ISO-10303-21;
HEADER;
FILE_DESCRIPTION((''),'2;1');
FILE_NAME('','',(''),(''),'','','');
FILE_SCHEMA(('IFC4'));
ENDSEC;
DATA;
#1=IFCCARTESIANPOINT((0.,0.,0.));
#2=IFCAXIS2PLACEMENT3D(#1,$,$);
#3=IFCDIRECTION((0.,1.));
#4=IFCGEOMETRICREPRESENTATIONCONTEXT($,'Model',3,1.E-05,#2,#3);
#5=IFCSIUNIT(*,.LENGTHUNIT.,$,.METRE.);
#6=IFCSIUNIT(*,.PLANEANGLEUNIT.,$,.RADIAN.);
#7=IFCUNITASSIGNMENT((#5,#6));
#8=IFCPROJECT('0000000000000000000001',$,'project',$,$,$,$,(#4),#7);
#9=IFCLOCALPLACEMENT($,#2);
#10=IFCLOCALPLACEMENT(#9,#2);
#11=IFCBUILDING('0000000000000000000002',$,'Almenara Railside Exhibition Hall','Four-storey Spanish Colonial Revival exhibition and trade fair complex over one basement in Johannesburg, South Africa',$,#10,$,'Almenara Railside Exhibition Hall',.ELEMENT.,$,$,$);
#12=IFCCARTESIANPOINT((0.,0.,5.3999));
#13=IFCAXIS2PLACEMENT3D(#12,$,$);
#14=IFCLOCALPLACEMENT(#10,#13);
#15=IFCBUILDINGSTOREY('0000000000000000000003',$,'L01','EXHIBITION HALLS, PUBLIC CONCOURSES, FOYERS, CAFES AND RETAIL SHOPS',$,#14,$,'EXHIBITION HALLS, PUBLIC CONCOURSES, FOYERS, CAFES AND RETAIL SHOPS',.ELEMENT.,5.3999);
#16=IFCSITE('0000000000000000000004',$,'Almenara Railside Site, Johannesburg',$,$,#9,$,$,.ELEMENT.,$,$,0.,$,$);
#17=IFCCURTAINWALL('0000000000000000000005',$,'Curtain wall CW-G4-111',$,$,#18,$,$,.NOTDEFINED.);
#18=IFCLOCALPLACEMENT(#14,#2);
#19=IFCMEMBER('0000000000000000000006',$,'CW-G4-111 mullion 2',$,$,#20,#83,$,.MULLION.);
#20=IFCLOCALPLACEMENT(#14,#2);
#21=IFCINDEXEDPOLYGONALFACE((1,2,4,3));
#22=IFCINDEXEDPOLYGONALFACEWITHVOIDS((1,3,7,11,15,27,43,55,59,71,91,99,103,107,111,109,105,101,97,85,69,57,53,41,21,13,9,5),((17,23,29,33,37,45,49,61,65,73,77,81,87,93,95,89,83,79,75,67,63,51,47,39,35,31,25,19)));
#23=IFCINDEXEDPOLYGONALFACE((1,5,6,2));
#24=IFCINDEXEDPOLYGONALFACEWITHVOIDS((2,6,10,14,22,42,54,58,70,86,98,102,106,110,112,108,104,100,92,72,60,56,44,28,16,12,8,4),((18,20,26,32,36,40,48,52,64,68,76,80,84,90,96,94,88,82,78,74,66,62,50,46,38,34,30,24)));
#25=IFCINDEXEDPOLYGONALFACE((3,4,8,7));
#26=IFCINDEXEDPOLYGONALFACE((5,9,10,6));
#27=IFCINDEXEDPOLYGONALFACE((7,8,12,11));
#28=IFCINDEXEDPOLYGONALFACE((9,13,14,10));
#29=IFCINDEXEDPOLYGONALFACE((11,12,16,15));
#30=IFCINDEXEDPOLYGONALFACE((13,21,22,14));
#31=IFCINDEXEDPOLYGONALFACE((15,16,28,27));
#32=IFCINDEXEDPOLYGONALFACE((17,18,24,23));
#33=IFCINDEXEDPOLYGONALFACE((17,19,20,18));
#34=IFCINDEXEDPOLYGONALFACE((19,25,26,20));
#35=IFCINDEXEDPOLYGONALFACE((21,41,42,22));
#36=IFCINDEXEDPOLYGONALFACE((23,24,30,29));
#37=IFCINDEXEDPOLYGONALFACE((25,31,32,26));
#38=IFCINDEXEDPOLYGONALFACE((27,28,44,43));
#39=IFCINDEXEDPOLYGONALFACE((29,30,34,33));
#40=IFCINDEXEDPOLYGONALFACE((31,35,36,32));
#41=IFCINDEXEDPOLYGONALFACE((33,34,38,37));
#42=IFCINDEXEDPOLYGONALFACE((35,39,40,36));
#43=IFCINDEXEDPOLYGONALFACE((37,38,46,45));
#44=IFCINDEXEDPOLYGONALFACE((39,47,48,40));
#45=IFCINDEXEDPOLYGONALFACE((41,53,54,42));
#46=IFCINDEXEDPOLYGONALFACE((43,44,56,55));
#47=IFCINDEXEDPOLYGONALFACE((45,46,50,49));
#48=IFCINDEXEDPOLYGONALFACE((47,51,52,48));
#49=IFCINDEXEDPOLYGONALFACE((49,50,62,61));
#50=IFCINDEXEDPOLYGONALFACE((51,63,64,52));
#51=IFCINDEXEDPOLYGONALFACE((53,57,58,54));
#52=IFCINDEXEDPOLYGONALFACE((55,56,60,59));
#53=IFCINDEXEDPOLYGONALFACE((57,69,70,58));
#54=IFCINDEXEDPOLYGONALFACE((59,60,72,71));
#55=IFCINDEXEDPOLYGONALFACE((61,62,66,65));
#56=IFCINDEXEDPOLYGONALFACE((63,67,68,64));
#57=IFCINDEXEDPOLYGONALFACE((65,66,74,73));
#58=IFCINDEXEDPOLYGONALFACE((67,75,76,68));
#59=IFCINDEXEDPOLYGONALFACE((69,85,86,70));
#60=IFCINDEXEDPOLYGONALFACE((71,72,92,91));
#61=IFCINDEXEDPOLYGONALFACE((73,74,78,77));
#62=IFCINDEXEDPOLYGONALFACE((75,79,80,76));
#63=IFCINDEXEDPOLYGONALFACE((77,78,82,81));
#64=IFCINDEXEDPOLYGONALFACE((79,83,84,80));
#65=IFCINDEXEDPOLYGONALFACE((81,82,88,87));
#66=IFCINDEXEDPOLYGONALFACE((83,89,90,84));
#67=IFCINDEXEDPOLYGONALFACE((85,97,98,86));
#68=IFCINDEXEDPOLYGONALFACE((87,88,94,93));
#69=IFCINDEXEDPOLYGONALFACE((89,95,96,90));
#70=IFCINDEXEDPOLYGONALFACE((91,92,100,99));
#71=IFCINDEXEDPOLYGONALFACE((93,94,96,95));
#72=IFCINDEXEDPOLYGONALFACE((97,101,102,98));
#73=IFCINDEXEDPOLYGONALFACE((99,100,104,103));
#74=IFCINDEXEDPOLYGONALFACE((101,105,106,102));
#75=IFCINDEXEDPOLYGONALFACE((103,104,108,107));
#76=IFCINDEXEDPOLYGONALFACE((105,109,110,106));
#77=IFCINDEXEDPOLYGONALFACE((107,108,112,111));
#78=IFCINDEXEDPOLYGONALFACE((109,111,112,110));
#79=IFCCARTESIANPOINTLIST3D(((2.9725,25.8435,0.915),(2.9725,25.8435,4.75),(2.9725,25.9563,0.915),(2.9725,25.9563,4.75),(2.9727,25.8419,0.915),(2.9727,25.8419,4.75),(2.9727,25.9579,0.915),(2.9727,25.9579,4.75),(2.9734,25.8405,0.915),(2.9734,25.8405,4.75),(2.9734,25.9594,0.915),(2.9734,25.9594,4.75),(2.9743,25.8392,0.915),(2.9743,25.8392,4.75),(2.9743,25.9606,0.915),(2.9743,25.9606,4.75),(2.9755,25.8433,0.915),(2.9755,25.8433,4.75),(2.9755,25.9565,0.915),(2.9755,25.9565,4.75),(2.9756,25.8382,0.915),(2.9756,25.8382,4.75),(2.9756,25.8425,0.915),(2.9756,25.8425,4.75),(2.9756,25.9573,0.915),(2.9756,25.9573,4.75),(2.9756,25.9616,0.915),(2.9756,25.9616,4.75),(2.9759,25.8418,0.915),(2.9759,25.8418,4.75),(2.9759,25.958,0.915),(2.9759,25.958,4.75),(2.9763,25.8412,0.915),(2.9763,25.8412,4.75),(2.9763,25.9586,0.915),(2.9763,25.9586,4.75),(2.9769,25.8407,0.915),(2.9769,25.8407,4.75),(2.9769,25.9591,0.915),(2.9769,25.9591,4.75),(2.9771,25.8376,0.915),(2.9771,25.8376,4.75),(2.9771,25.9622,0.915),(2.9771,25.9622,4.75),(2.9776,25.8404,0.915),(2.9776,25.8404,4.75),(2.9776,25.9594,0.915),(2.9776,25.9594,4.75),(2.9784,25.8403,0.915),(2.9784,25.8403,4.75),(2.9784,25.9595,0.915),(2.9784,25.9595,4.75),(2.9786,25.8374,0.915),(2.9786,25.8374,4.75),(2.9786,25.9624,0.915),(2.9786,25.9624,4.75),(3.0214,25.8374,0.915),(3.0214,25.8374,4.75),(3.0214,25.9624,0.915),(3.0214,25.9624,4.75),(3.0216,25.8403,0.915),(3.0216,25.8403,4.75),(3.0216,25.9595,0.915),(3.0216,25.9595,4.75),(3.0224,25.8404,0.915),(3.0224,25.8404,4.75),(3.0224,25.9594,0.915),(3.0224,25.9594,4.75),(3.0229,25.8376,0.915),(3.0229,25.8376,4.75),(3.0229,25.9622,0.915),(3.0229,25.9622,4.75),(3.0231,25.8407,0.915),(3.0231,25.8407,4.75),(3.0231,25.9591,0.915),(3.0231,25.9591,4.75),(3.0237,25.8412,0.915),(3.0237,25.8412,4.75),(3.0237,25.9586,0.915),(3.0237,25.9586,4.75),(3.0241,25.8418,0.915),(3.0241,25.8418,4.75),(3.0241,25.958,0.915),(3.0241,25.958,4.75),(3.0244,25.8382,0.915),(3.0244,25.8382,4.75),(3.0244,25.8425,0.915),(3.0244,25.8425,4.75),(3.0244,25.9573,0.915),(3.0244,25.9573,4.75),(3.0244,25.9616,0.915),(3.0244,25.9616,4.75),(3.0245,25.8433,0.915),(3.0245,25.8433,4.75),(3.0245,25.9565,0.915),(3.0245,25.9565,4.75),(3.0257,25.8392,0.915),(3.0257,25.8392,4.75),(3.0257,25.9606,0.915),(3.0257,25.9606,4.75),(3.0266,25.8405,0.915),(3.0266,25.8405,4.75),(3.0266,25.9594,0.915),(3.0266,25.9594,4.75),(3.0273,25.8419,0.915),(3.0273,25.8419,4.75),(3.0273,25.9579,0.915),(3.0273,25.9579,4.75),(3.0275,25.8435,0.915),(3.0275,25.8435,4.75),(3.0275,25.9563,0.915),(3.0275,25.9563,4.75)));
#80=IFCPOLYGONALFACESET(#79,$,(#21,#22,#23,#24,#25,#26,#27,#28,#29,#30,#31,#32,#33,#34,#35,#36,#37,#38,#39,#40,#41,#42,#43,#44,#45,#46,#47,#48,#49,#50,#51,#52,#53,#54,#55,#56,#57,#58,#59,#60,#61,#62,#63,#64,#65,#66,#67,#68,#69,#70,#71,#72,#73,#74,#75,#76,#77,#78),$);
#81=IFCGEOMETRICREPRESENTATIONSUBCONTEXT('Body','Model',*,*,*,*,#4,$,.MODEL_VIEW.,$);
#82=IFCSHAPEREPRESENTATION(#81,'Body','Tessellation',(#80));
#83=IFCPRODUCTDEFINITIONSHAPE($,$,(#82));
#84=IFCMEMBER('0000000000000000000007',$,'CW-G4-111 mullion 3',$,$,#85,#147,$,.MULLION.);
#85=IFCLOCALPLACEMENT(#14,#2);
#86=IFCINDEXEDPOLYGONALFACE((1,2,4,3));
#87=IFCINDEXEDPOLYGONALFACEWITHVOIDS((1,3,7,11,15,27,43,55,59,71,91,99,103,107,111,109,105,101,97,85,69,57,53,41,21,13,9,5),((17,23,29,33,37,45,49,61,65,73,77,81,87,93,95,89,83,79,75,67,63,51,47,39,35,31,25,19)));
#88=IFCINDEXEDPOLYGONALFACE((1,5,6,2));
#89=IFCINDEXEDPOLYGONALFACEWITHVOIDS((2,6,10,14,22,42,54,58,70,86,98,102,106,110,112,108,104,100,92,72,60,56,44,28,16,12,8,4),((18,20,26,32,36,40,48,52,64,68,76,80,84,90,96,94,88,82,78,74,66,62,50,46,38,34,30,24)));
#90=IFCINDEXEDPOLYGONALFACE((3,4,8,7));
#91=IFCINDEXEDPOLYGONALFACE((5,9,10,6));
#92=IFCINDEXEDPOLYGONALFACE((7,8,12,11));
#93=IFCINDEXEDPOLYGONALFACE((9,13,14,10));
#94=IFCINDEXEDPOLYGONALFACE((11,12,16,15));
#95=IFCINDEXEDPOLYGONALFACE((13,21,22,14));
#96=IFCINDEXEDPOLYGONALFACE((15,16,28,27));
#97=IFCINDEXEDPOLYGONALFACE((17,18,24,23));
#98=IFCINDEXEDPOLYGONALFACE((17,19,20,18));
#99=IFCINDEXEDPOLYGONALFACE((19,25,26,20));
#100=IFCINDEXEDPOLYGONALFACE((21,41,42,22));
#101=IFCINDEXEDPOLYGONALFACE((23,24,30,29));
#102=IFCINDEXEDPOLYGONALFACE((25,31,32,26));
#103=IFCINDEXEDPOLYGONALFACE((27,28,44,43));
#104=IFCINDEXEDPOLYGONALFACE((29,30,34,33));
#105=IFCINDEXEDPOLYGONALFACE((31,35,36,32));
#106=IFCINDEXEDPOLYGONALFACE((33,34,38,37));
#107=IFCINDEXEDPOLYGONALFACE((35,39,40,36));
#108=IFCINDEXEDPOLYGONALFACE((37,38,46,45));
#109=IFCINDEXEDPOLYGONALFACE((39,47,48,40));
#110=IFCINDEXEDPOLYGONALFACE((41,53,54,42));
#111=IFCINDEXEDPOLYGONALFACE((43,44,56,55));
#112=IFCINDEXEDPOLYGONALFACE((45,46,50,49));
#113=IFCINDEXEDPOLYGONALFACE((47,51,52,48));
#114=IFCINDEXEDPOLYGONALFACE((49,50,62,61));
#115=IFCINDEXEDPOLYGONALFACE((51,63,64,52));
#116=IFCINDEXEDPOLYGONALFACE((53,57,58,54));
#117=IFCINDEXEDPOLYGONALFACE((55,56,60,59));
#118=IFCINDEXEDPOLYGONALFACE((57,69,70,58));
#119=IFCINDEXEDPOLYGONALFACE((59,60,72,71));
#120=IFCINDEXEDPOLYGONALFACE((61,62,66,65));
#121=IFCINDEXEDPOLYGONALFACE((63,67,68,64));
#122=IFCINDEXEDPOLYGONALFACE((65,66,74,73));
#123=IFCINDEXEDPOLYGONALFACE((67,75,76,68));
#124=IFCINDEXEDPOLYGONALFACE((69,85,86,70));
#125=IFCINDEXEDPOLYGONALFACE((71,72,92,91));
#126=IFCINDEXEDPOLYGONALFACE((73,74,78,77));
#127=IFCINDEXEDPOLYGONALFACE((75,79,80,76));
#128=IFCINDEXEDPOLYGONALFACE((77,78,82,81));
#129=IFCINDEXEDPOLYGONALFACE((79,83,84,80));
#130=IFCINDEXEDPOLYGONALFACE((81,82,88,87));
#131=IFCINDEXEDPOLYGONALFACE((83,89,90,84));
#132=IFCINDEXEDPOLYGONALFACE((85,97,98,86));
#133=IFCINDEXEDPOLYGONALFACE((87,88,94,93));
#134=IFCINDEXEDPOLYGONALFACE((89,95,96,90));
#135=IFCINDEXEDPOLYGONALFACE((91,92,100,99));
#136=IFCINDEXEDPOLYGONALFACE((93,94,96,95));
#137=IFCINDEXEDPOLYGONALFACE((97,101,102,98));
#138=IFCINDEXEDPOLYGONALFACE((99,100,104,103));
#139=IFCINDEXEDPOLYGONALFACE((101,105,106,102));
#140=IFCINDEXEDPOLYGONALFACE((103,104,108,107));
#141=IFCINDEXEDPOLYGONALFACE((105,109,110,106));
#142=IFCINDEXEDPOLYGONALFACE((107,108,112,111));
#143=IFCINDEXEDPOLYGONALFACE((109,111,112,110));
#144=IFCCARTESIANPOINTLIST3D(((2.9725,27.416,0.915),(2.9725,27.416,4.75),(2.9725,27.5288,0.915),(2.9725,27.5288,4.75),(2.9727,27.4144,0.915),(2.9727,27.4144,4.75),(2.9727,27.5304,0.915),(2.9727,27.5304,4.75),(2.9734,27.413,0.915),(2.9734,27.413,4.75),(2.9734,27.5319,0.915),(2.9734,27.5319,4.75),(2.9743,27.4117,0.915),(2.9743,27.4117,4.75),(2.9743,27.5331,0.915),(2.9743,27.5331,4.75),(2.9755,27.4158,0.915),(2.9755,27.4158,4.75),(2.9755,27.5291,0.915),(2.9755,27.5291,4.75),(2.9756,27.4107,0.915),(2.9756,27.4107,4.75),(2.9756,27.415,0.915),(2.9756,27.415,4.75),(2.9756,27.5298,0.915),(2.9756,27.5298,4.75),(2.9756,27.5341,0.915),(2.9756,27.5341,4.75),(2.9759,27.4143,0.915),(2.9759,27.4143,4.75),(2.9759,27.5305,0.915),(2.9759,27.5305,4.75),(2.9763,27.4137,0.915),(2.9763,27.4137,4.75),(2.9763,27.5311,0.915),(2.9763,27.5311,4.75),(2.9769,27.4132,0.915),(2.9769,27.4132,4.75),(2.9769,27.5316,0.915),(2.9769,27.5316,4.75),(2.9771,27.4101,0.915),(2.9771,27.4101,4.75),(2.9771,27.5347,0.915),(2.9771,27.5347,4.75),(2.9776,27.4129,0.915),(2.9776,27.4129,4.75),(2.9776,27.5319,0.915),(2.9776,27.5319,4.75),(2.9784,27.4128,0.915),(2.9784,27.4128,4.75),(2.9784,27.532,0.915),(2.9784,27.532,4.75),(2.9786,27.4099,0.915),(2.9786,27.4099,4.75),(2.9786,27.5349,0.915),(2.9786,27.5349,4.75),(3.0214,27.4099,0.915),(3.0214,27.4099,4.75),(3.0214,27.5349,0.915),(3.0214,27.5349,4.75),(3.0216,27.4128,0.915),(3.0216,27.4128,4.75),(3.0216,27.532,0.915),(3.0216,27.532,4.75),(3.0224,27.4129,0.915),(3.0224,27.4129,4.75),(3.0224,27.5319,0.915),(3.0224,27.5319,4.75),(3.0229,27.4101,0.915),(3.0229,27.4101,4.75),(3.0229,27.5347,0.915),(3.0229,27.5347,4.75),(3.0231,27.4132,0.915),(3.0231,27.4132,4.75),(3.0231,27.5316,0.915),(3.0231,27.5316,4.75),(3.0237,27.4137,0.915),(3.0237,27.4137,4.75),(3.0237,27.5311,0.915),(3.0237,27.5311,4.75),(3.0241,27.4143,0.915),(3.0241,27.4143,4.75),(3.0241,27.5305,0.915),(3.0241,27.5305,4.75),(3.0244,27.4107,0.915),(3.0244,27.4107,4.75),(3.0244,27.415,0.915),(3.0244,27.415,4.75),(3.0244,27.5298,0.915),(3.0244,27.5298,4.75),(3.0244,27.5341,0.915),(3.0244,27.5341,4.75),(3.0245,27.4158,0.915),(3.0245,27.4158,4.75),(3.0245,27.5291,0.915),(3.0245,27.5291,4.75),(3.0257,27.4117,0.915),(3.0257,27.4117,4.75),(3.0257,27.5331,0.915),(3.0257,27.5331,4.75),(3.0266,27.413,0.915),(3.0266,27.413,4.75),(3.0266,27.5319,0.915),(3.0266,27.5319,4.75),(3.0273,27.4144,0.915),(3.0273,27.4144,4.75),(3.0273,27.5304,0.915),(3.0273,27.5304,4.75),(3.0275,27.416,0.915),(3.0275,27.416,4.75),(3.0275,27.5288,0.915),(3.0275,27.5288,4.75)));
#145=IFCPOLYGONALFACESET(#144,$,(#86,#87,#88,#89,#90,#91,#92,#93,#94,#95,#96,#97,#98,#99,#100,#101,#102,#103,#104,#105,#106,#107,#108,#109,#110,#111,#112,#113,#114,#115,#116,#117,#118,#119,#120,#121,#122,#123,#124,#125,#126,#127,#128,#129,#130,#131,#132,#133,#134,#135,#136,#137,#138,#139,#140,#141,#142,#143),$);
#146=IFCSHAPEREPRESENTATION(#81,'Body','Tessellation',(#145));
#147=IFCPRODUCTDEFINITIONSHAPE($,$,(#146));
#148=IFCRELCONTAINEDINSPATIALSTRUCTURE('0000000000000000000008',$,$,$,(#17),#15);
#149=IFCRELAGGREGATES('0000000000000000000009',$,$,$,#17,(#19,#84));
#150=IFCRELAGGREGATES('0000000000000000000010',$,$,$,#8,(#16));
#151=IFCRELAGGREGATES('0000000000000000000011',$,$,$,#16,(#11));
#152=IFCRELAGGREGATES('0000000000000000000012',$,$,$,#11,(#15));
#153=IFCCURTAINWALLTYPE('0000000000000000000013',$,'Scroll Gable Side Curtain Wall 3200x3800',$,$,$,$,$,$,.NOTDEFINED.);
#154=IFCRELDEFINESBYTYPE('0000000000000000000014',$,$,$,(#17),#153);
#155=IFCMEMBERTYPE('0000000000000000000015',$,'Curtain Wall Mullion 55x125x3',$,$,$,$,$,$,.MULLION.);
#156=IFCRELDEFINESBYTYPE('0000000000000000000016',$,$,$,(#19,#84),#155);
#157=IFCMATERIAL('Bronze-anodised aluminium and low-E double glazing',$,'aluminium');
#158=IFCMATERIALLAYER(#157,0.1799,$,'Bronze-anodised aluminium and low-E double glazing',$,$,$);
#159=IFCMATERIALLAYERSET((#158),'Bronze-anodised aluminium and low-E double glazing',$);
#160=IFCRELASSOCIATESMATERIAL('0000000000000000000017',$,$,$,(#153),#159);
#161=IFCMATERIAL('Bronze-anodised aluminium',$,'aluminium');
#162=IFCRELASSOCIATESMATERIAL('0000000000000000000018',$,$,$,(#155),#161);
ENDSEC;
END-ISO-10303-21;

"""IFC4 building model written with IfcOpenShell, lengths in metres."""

from ifc_helpers import new_model, si_unit, direction, frame, origin, origin_2d, place, context, subcontext, project, spatial, hollow_rectangle, extrude, material, layer, layer_set, material_profile, profile_set, type_object, element, aggregate, save


model = new_model("IFC4")

# Units and contexts
model_context = context("Model", 3, precision=1e-05, world=origin(), true_north=direction((0.0, 1.0)))
body_context = subcontext(model_context, "Body", "Model", "MODEL_VIEW")
ifc_project = project(units=[si_unit("LENGTHUNIT", "METRE"), si_unit("PLANEANGLEUNIT", "RADIAN")], contexts=[model_context])

# Site, building, storey
site_placement = place(None, origin())
site = spatial("IfcSite", under=ifc_project, at=site_placement, Name="Almenara Railside Site, Johannesburg", CompositionType="ELEMENT", RefElevation=0.0)
building_placement = place(site_placement, origin())
building = spatial("IfcBuilding", under=site, at=building_placement, Name="Almenara Railside Exhibition Hall", Description="Four-storey Spanish Colonial Revival exhibition and trade fair complex over one basement in Johannesburg, South Africa", LongName="Almenara Railside Exhibition Hall", CompositionType="ELEMENT")
storey_placement = place(building_placement, frame((0.0, 0.0, 5.3999)))
storey = spatial("IfcBuildingStorey", under=building, at=storey_placement, Name="L01", Description="EXHIBITION HALLS, PUBLIC CONCOURSES, FOYERS, CAFES AND RETAIL SHOPS", LongName="EXHIBITION HALLS, PUBLIC CONCOURSES, FOYERS, CAFES AND RETAIL SHOPS", CompositionType="ELEMENT", Elevation=5.3999)

# Curtain wall, members
ifc_material_1 = material(Name="Bronze-anodised aluminium and low-E double glazing", Category="aluminium")
ifc_layer_1 = layer(ifc_material_1, 0.1799, Name="Bronze-anodised aluminium and low-E double glazing")
ifc_layer_set_1 = layer_set([ifc_layer_1], Name="Bronze-anodised aluminium and low-E double glazing")
curtain_wall_type = type_object("IfcCurtainWallType", Name="Scroll Gable Side Curtain Wall 3200x3800", PredefinedType="NOTDEFINED", material=ifc_layer_set_1)
curtain_wall_1_placement = place(storey_placement, origin())
curtain_wall_1 = element("IfcCurtainWall", 1, at=curtain_wall_1_placement, inside=storey, type_object=curtain_wall_type, Name="Curtain wall CW-G4-111", PredefinedType="NOTDEFINED")
ifc_material_2 = material(Name="Bronze-anodised aluminium", Category="aluminium")
ifc_material_profile_1 = material_profile(ifc_material_2, hollow_rectangle(XDim=0.0549, YDim=0.125, WallThickness=0.0029, InnerFilletRadius=0.0029, OuterFilletRadius=0.0061, at=origin_2d()), Name="ALU-MUL 55x125x3")
ifc_profile_set_1 = profile_set([ifc_material_profile_1], Name="Bronze-anodised aluminium")
member_type_1 = type_object("IfcMemberType", Name="Curtain Wall Mullion 55x125x3", PredefinedType="MULLION", material=ifc_profile_set_1)
member_1_placement = place(storey_placement, frame((3.0, 25.8999, 0.915), z_axis=(0.0, 0.0, 1.0), x_axis=(-1.0, 0.0, 0.0)))
member_1 = element("IfcMember", 2, at=member_1_placement, type_object=member_type_1, Name="CW-G4-111 mullion 2", PredefinedType="MULLION", context=body_context, shape_type="SweptSolid", body=[
    extrude(hollow_rectangle(XDim=0.0549, YDim=0.125, WallThickness=0.0029, InnerFilletRadius=0.0029, OuterFilletRadius=0.0061, at=origin_2d()), origin(), (0.0, 0.0, 1.0), 3.835),
])
member_2_placement = place(storey_placement, frame((3.0, 27.4724, 0.915), z_axis=(0.0, 0.0, 1.0), x_axis=(-1.0, 0.0, 0.0)))
member_2 = element("IfcMember", 3, at=member_2_placement, type_object=member_type_1, Name="CW-G4-111 mullion 3", PredefinedType="MULLION", context=body_context, shape_type="SweptSolid", body=[
    extrude(hollow_rectangle(XDim=0.0549, YDim=0.125, WallThickness=0.0029, InnerFilletRadius=0.0029, OuterFilletRadius=0.0061, at=origin_2d()), origin(), (0.0, 0.0, 1.0), 3.835),
])

aggregate(curtain_wall_1, [member_1, member_2])

save(model, "model.ifc")
